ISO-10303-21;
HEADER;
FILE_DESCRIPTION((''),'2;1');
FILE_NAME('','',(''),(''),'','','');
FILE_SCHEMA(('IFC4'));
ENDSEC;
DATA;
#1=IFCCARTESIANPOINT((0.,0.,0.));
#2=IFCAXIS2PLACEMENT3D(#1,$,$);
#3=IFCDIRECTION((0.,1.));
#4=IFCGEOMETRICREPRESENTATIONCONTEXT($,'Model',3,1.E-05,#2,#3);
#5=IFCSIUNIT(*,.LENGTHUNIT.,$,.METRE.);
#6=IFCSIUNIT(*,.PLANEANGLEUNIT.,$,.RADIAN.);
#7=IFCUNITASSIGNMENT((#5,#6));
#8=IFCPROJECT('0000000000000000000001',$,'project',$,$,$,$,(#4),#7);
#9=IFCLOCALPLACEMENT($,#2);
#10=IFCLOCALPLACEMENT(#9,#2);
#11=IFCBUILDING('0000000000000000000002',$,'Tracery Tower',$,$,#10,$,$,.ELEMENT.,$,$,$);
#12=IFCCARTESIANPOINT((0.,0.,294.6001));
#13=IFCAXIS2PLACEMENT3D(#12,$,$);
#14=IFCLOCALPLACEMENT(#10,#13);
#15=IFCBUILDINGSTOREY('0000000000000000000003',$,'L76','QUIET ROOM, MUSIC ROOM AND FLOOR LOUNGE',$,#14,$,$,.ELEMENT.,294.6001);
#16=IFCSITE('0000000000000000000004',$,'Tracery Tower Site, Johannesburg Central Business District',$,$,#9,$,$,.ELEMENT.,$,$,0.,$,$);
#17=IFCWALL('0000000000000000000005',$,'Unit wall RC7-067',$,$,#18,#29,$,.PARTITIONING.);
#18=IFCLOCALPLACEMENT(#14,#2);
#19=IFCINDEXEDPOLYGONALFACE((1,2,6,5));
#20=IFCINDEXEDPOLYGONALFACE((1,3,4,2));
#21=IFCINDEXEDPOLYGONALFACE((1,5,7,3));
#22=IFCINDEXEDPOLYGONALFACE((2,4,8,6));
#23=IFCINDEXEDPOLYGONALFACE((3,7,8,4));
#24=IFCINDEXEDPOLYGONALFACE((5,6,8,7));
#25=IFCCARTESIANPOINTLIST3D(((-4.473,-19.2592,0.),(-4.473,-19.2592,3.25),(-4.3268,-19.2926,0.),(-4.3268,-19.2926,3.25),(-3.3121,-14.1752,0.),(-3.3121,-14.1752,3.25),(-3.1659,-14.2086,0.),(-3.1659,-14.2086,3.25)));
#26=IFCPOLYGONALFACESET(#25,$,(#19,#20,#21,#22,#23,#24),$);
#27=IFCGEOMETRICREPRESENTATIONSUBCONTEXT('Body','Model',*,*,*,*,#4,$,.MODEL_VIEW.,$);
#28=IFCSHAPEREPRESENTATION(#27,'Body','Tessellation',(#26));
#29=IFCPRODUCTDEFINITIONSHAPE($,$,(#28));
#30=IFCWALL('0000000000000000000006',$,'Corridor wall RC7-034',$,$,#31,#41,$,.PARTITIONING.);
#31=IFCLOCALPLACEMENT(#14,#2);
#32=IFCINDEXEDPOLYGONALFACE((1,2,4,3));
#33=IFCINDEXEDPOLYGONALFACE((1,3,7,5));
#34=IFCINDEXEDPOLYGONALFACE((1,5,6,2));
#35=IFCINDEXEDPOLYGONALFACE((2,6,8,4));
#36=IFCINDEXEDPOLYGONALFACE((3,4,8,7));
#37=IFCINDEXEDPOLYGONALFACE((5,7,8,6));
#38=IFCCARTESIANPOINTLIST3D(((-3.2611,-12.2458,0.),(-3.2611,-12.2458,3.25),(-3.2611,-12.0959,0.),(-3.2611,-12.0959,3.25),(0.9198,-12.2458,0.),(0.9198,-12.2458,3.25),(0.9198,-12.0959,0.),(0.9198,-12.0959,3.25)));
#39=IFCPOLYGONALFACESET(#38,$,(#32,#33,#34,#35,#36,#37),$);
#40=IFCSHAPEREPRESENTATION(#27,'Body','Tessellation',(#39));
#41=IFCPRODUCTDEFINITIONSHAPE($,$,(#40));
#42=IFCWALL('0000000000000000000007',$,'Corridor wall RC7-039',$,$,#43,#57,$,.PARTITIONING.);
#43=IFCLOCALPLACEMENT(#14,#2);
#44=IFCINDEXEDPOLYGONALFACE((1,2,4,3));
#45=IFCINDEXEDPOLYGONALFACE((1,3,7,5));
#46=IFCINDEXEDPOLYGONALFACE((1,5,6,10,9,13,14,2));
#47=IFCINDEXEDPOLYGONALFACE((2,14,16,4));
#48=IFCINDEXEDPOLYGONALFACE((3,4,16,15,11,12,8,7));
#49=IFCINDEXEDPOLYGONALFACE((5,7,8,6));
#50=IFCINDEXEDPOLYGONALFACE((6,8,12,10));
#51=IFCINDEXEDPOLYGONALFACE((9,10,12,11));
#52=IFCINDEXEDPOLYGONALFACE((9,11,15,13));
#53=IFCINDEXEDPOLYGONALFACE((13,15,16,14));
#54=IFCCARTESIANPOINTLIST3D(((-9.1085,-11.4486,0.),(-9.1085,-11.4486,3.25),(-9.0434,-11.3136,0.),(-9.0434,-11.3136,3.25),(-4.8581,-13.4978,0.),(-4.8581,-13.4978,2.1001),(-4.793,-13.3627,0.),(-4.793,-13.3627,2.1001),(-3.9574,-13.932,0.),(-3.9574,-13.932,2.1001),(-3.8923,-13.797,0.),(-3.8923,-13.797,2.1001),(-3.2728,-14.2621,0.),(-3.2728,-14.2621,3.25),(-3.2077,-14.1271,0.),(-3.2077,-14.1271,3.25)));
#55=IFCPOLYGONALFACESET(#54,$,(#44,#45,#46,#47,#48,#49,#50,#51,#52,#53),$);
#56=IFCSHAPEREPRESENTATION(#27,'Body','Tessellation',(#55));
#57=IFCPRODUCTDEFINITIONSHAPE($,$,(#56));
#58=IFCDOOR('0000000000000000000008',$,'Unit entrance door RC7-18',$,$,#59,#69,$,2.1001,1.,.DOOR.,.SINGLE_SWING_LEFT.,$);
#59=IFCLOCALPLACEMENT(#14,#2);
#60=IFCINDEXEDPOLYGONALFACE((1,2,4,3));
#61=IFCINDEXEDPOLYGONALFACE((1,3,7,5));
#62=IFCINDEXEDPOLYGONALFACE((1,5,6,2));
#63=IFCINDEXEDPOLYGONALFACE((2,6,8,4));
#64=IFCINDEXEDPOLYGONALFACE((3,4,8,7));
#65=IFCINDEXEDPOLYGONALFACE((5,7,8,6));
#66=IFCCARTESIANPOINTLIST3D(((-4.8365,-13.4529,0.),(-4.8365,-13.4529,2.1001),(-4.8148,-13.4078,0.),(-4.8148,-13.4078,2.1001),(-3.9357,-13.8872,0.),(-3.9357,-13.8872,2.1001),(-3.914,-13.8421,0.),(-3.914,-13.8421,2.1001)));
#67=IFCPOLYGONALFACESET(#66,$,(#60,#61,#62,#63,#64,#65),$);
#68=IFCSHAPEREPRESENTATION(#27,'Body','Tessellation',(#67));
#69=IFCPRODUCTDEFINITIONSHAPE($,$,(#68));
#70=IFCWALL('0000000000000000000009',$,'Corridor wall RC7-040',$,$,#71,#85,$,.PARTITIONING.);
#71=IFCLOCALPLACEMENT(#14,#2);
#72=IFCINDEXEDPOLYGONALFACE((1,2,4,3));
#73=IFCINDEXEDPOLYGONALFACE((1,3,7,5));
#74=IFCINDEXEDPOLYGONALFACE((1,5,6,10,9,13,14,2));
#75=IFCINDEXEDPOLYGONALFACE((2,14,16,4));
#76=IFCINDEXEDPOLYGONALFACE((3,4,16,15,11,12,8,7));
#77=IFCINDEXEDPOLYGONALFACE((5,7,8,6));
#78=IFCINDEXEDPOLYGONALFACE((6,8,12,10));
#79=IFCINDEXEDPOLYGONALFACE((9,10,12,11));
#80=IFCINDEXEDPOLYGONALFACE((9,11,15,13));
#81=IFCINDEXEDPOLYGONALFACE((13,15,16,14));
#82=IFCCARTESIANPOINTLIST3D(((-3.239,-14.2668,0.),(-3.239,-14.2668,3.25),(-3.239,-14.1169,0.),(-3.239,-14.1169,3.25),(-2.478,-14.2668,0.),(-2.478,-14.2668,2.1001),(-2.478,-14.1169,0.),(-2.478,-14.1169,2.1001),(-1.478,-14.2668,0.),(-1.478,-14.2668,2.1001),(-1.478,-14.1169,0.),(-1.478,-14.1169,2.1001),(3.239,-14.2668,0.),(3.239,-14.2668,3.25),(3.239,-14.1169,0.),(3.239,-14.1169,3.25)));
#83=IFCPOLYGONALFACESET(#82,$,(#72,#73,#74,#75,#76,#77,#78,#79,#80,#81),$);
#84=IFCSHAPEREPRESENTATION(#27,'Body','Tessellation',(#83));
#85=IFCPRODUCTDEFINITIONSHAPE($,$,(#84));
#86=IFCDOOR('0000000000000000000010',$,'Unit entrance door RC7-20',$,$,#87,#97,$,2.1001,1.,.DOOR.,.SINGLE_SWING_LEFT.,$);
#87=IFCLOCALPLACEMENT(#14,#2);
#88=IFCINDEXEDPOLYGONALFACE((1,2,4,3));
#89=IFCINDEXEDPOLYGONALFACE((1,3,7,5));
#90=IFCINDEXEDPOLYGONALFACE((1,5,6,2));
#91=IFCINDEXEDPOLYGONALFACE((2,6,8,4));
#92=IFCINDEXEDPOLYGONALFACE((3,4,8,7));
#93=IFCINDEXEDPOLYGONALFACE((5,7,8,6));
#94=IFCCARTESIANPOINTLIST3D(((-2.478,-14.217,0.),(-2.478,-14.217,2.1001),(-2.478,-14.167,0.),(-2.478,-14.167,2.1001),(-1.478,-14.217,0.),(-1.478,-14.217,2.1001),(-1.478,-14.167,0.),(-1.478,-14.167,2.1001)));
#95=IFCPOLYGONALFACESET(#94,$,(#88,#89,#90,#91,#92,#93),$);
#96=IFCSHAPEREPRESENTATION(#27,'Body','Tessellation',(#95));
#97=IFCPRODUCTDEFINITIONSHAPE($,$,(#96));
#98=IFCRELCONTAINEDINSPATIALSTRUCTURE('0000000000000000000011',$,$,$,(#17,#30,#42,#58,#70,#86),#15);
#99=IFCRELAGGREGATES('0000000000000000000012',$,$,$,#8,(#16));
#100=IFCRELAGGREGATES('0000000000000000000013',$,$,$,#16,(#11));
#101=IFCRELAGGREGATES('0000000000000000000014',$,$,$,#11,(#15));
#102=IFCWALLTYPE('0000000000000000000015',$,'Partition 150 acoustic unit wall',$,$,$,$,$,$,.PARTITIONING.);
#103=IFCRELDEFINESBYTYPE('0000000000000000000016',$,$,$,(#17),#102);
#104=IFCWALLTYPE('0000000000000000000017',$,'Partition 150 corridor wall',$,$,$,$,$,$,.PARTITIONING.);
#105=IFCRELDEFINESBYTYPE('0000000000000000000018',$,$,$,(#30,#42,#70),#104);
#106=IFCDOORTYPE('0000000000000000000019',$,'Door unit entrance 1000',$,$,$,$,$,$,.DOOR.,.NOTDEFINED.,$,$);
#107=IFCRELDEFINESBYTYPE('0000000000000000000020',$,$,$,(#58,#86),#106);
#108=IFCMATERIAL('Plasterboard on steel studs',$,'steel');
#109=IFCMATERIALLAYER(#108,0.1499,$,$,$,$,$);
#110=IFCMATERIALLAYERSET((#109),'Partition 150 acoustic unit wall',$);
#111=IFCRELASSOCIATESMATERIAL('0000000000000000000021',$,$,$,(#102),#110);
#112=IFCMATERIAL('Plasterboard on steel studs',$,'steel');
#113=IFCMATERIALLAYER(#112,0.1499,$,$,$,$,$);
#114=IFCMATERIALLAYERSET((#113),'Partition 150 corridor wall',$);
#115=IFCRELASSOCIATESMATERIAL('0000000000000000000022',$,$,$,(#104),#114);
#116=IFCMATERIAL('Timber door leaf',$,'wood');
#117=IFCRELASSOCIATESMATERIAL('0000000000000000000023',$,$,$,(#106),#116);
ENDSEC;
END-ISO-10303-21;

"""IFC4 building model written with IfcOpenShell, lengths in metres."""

from ifc_helpers import new_model, si_unit, direction, frame, frame_2d, origin, place, context, subcontext, project, spatial, rectangle, extrude, material, layer, layer_set, type_object, element, fill, save


model = new_model("IFC4")

# Units and contexts
model_context = context("Model", 3, precision=1e-05, world=origin(), true_north=direction((0.0, 1.0)))
body_context = subcontext(model_context, "Body", "Model", "MODEL_VIEW")
ifc_project = project(units=[si_unit("LENGTHUNIT", "METRE"), si_unit("PLANEANGLEUNIT", "RADIAN")], contexts=[model_context])

# Site, building, storey
site_placement = place(None, origin())
site = spatial("IfcSite", under=ifc_project, at=site_placement, Name="Tracery Tower Site, Johannesburg Central Business District", CompositionType="ELEMENT", RefElevation=0.0)
building_placement = place(site_placement, origin())
building = spatial("IfcBuilding", under=site, at=building_placement, Name="Tracery Tower", CompositionType="ELEMENT")
storey_placement = place(building_placement, frame((0.0, 0.0, 294.6001)))
storey = spatial("IfcBuildingStorey", under=building, at=storey_placement, Name="L76", Description="QUIET ROOM, MUSIC ROOM AND FLOOR LOUNGE", CompositionType="ELEMENT", Elevation=294.6001)

# Walls
ifc_material_1 = material(Name="Plasterboard on steel studs", Category="steel")
ifc_layer_1 = layer(ifc_material_1, 0.1499)
ifc_layer_set_1 = layer_set([ifc_layer_1], Name="Partition 150 acoustic unit wall")
wall_type_1 = type_object("IfcWallType", Name="Partition 150 acoustic unit wall", PredefinedType="PARTITIONING", material=ifc_layer_set_1)
wall_1_placement = place(storey_placement, frame((-4.3999, -19.2759, 0.0), z_axis=(0.0, 0.0, 1.0), x_axis=(0.222613, 0.974907, 0.0)))
element("IfcWall", 1, at=wall_1_placement, inside=storey, type_object=wall_type_1, Name="Unit wall RC7-067", PredefinedType="PARTITIONING", context=body_context, shape_type="SweptSolid", body=[
    extrude(rectangle(XDim=5.2148, YDim=0.1499, at=frame_2d((2.6074, 0.0))), origin(), (0.0, 0.0, 1.0), 3.25),
])
ifc_material_2 = material(Name="Plasterboard on steel studs", Category="steel")
ifc_layer_2 = layer(ifc_material_2, 0.1499)
ifc_layer_set_2 = layer_set([ifc_layer_2], Name="Partition 150 corridor wall")
wall_type_2 = type_object("IfcWallType", Name="Partition 150 corridor wall", PredefinedType="PARTITIONING", material=ifc_layer_set_2)
wall_2_placement = place(storey_placement, frame((-3.261, -12.1709, 0.0), z_axis=(0.0, 0.0, 1.0), x_axis=(1.0, 0.0, 0.0)))
element("IfcWall", 2, at=wall_2_placement, inside=storey, type_object=wall_type_2, Name="Corridor wall RC7-034", PredefinedType="PARTITIONING", context=body_context, shape_type="SweptSolid", body=[
    extrude(rectangle(XDim=4.1809, YDim=0.1499, at=frame_2d((2.0903, 0.0))), origin(), (0.0, 0.0, 1.0), 3.25),
])

# Walls, openings, doors
wall_3_placement = place(storey_placement, frame((-9.0759, -11.3811, 0.0), z_axis=(0.0, 0.0, 1.0), x_axis=(0.900778, -0.434279, 0.0)))
wall_3 = element("IfcWall", 3, at=wall_3_placement, inside=storey, type_object=wall_type_2, Name="Corridor wall RC7-039", PredefinedType="PARTITIONING", context=body_context, shape_type="SweptSolid", body=[
    extrude(rectangle(XDim=6.4785, YDim=0.1499, at=frame_2d((3.2393, 0.0))), origin(), (0.0, 0.0, 1.0), 3.25),
])
opening_1_placement = place(wall_3_placement, frame((4.7185, 0.0, 0.0)))
opening_1 = element("IfcOpeningElement", 4, at=opening_1_placement, cuts=wall_3, PredefinedType="OPENING", context=body_context, shape_type="SweptSolid", body=[
    extrude(rectangle(XDim=1.0, YDim=2.1001, at=frame_2d((0.5, 1.05))), frame((0.0, 0.075, 0.0), z_axis=(0.0, -1.0, 0.0), x_axis=(1.0, 0.0, 0.0)), (0.0, 0.0, 1.0), 0.1499),
])
ifc_material_3 = material(Name="Timber door leaf", Category="wood")
door_type_1 = type_object("IfcDoorType", Name="Door unit entrance 1000", OperationType="NOTDEFINED", PredefinedType="DOOR", material=ifc_material_3)
door_1_placement = place(opening_1_placement, origin())
door_1 = element("IfcDoor", 5, at=door_1_placement, inside=storey, type_object=door_type_1, Name="Unit entrance door RC7-18", OperationType="SINGLE_SWING_LEFT", OverallHeight=2.1001, OverallWidth=1.0, PredefinedType="DOOR", context=body_context, shape_type="SweptSolid", body=[
    extrude(rectangle(XDim=1.0, YDim=2.1001, at=frame_2d((0.5, 1.05))), frame((0.0, 0.0249, 0.0), z_axis=(0.0, -1.0, 0.0), x_axis=(1.0, 0.0, 0.0)), (0.0, 0.0, 1.0), 0.05),
])
fill(opening_1, door_1)
wall_4_placement = place(storey_placement, frame((-3.239, -14.1919, 0.0), z_axis=(0.0, 0.0, 1.0), x_axis=(1.0, 0.0, 0.0)))
wall_4 = element("IfcWall", 6, at=wall_4_placement, inside=storey, type_object=wall_type_2, Name="Corridor wall RC7-040", PredefinedType="PARTITIONING", context=body_context, shape_type="SweptSolid", body=[
    extrude(rectangle(XDim=6.478, YDim=0.1499, at=frame_2d((3.239, 0.0))), origin(), (0.0, 0.0, 1.0), 3.25),
])
opening_2_placement = place(wall_4_placement, frame((0.761, 0.0, 0.0)))
opening_2 = element("IfcOpeningElement", 7, at=opening_2_placement, cuts=wall_4, PredefinedType="OPENING", context=body_context, shape_type="SweptSolid", body=[
    extrude(rectangle(XDim=1.0, YDim=2.1001, at=frame_2d((0.5, 1.05))), frame((0.0, 0.075, 0.0), z_axis=(0.0, -1.0, 0.0), x_axis=(1.0, 0.0, 0.0)), (0.0, 0.0, 1.0), 0.1499),
])
door_2_placement = place(opening_2_placement, origin())
door_2 = element("IfcDoor", 8, at=door_2_placement, inside=storey, type_object=door_type_1, Name="Unit entrance door RC7-20", OperationType="SINGLE_SWING_LEFT", OverallHeight=2.1001, OverallWidth=1.0, PredefinedType="DOOR", context=body_context, shape_type="SweptSolid", body=[
    extrude(rectangle(XDim=1.0, YDim=2.1001, at=frame_2d((0.5, 1.05))), frame((0.0, 0.0249, 0.0), z_axis=(0.0, -1.0, 0.0), x_axis=(1.0, 0.0, 0.0)), (0.0, 0.0, 1.0), 0.05),
])
fill(opening_2, door_2)

save(model, "model.ifc")
